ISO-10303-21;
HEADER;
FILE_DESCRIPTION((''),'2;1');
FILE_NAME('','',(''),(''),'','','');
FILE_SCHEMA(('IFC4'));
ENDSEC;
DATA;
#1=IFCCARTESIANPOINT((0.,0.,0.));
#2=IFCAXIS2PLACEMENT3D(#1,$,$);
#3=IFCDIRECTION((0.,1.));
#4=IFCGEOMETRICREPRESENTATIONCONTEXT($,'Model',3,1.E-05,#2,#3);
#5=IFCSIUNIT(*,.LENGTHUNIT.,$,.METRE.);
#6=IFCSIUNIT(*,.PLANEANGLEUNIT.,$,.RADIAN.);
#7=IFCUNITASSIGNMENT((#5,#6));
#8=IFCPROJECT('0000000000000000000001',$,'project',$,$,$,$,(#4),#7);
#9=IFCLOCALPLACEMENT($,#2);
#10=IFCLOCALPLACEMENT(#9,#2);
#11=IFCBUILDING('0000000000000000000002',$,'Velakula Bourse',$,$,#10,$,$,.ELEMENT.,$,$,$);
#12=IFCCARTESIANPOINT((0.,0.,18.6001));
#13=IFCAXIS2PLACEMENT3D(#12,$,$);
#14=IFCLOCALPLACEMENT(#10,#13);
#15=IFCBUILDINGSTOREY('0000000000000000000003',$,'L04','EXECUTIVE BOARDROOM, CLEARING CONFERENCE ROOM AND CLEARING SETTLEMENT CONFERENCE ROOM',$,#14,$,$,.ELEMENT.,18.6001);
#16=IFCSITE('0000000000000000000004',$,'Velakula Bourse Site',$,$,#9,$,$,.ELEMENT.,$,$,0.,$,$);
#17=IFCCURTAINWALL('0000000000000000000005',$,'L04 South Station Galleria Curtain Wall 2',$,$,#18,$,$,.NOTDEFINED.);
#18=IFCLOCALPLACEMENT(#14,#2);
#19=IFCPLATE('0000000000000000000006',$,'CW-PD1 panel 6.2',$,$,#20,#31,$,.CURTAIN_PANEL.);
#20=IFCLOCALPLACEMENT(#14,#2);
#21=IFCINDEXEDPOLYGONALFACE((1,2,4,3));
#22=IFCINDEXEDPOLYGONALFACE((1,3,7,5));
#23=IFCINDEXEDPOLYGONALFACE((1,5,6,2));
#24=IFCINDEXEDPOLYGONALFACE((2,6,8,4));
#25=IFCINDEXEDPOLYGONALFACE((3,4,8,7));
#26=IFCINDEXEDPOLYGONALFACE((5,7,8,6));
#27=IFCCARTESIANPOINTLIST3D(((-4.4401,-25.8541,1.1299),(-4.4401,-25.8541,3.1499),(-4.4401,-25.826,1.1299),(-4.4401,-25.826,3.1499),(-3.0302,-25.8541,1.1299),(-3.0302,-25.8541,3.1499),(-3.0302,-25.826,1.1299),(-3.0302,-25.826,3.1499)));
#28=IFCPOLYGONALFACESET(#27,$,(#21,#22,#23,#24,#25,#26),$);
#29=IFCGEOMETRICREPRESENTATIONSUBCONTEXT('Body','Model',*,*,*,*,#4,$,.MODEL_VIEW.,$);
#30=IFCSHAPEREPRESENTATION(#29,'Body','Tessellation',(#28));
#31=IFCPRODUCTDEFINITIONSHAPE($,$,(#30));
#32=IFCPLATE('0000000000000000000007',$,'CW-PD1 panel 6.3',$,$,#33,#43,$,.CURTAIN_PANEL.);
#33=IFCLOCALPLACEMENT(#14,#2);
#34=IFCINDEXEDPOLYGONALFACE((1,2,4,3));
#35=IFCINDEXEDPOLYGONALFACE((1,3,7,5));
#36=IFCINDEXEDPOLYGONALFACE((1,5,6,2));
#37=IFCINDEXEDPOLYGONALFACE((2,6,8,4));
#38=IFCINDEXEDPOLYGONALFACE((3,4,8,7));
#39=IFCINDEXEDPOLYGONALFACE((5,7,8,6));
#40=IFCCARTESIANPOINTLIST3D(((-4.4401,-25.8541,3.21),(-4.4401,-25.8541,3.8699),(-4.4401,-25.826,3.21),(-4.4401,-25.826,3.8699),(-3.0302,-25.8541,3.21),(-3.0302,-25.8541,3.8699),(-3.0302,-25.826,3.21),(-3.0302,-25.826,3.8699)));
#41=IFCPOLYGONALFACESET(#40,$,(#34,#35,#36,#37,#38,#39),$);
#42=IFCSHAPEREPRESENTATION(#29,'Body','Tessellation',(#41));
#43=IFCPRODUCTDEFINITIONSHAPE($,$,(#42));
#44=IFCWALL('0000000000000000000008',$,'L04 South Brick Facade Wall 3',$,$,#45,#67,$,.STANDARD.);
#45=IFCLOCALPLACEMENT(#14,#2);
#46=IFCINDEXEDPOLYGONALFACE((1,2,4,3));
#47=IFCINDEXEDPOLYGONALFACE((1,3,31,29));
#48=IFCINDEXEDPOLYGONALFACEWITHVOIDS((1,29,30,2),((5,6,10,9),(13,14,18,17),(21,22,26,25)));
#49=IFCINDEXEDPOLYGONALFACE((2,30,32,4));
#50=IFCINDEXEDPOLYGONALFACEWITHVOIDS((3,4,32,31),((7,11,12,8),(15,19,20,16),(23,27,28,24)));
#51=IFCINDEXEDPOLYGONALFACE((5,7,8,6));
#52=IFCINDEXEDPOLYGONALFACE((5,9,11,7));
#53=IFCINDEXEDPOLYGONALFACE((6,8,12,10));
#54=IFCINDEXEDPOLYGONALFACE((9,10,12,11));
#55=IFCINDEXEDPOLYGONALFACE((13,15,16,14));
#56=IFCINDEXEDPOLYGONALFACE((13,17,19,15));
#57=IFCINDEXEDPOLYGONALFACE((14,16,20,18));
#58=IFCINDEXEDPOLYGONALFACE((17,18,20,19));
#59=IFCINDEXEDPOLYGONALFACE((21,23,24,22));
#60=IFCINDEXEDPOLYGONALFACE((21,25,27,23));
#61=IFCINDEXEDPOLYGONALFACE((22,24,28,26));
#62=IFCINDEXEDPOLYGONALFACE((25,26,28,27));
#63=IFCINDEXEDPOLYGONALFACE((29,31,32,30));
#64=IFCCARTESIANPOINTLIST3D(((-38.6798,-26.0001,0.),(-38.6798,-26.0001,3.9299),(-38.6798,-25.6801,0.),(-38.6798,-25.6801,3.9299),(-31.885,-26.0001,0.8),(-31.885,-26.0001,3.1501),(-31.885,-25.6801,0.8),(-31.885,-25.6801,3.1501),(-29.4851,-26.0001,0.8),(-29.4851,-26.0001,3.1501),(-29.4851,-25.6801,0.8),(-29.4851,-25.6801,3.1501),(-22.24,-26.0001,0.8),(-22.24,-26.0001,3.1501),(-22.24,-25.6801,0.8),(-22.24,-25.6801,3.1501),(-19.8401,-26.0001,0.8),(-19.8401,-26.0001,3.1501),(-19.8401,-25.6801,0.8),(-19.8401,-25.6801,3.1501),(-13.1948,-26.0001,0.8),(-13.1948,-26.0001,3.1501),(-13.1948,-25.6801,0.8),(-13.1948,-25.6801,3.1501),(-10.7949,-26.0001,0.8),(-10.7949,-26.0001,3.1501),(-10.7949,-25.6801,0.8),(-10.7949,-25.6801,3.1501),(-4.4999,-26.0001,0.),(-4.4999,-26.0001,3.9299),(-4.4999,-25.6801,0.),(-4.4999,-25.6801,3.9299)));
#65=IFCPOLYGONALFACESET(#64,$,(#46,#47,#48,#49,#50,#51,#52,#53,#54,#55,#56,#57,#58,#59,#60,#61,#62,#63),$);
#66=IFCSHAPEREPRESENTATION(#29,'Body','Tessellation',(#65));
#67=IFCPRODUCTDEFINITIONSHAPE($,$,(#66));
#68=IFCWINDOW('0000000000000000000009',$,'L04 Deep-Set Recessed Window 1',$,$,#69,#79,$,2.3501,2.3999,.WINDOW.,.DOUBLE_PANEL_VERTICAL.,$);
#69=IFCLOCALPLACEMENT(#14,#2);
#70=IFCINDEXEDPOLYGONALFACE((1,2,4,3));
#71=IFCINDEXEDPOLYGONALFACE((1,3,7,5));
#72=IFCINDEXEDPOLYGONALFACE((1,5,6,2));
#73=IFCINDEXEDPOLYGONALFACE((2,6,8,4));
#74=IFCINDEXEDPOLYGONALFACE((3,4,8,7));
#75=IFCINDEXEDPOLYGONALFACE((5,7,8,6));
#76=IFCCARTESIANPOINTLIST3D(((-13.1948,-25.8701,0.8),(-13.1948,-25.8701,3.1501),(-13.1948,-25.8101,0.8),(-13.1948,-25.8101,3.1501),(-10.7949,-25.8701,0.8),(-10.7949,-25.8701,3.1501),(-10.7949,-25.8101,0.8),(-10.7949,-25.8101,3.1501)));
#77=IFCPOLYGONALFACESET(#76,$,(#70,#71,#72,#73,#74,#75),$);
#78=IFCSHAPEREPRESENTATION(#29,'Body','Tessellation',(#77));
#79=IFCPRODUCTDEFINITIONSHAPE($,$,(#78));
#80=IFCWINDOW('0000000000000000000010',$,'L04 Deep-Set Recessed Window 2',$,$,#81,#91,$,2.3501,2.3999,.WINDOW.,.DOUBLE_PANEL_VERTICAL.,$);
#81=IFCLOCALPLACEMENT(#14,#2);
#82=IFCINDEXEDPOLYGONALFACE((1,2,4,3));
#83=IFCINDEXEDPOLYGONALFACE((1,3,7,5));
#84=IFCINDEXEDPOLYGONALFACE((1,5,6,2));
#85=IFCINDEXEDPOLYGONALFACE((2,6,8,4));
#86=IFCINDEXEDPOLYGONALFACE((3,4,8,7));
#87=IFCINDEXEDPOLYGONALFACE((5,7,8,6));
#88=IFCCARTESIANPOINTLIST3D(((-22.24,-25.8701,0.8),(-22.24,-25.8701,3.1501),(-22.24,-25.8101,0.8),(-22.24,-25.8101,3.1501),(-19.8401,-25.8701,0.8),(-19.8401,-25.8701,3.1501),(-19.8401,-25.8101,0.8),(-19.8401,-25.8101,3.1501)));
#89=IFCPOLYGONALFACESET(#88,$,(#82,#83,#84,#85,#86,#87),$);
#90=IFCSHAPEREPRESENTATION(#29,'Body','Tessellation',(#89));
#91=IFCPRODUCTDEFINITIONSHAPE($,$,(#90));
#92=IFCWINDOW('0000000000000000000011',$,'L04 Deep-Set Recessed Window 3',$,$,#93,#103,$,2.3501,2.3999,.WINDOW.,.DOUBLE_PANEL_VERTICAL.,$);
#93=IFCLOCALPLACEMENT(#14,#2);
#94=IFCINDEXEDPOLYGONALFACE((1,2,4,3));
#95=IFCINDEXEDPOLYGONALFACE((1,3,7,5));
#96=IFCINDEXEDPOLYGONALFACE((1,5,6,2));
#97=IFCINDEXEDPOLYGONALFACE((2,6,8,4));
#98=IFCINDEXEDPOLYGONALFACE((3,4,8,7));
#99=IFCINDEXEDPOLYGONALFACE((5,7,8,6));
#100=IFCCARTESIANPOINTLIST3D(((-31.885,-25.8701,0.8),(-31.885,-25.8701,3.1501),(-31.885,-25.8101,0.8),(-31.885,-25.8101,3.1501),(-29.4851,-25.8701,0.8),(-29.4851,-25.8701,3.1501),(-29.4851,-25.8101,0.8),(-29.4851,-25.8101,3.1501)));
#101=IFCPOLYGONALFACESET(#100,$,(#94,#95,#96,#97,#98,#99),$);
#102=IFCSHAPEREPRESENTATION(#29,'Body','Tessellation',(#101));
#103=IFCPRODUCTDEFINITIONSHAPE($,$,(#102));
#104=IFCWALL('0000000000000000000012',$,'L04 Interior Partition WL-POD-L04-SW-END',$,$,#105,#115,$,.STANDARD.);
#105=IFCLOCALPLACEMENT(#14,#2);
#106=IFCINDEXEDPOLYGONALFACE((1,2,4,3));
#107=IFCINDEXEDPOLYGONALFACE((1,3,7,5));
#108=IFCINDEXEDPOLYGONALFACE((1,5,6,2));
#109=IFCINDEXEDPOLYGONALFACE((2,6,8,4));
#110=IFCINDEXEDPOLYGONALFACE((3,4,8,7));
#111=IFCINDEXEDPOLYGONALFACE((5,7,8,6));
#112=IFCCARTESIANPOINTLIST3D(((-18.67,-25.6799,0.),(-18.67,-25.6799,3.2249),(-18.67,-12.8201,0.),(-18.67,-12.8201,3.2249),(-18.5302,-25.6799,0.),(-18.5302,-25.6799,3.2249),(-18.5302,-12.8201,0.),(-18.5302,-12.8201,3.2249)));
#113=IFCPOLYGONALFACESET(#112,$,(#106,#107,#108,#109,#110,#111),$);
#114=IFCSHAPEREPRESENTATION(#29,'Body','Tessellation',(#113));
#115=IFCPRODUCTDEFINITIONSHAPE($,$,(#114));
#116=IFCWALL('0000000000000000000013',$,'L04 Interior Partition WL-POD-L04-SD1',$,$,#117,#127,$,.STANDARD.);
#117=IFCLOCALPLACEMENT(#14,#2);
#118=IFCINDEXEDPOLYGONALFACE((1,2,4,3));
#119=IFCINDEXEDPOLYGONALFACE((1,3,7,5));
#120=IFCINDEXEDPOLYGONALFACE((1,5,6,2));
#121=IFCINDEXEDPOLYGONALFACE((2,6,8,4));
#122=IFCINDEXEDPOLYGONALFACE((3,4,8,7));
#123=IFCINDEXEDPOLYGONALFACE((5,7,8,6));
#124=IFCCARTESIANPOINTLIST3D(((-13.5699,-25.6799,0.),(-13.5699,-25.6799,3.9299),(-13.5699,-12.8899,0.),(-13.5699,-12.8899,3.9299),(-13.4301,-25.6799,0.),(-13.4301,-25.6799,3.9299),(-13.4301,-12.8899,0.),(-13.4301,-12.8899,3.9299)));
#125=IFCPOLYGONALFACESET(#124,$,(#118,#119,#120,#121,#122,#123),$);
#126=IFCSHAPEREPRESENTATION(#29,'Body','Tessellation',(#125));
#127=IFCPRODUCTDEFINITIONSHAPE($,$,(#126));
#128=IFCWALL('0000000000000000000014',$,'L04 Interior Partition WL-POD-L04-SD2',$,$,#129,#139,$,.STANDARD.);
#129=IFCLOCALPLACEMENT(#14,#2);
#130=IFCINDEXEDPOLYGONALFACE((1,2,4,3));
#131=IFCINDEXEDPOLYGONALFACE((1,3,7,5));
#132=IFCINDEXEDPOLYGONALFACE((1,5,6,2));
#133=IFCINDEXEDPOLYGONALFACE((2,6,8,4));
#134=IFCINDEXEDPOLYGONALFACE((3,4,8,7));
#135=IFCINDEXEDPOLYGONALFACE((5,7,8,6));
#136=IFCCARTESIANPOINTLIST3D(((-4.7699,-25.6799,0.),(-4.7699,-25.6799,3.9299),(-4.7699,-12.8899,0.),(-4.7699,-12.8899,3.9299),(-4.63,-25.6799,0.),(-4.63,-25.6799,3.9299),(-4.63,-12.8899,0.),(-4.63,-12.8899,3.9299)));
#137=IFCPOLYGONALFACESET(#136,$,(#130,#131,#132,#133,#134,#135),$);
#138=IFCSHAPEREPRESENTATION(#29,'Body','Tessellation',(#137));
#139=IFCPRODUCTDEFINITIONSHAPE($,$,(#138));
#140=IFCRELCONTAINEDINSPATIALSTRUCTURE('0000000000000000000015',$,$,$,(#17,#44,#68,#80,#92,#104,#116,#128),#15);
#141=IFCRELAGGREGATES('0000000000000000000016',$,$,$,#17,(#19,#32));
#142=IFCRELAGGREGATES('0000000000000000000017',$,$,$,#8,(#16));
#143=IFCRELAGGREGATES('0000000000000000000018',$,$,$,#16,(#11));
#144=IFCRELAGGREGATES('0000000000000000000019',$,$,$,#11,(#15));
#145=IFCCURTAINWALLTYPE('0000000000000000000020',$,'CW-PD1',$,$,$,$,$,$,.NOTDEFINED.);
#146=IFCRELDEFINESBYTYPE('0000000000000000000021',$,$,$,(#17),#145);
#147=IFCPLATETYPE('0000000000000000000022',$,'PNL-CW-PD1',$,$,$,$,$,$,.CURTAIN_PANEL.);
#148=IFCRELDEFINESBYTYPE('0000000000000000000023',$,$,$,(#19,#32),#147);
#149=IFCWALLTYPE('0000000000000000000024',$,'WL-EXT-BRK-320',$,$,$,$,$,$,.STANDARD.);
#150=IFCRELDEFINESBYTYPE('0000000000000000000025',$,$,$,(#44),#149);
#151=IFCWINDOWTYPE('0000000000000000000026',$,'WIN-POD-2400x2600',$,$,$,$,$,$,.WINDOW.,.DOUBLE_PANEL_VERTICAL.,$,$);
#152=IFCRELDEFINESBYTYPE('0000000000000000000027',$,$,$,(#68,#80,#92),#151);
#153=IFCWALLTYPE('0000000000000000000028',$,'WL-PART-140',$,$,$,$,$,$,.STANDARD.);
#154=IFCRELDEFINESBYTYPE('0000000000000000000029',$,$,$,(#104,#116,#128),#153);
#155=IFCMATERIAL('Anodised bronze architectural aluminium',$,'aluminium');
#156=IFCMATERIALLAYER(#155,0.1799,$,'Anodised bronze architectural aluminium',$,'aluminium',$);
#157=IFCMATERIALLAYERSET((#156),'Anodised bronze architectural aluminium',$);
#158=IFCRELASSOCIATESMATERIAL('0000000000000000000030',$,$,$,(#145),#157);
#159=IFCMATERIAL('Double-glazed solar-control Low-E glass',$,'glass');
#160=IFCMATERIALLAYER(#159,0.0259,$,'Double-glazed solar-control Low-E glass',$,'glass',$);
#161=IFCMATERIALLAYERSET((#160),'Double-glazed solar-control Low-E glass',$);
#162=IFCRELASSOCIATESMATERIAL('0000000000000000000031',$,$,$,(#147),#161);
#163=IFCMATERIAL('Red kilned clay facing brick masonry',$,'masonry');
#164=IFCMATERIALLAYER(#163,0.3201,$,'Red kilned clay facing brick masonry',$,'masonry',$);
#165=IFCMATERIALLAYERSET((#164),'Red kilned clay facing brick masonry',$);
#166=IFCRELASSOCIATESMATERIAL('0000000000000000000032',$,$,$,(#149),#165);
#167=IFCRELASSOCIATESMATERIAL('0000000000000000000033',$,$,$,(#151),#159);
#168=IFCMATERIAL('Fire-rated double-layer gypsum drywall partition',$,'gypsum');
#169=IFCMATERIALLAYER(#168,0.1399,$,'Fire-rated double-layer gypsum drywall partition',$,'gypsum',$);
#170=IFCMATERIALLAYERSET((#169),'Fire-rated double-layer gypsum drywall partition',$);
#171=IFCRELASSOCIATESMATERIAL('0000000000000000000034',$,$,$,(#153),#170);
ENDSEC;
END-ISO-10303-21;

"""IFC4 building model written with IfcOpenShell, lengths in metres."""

from ifc_helpers import new_model, si_unit, direction, frame, frame_2d, origin, origin_2d, place, context, subcontext, project, spatial, rectangle, extrude, material, layer, layer_set, type_object, element, fill, aggregate, save


model = new_model("IFC4")

# Units and contexts
model_context = context("Model", 3, precision=1e-05, world=origin(), true_north=direction((0.0, 1.0)))
body_context = subcontext(model_context, "Body", "Model", "MODEL_VIEW")
ifc_project = project(units=[si_unit("LENGTHUNIT", "METRE"), si_unit("PLANEANGLEUNIT", "RADIAN")], contexts=[model_context])

# Site, building, storey
site_placement = place(None, origin())
site = spatial("IfcSite", under=ifc_project, at=site_placement, Name="Velakula Bourse Site", CompositionType="ELEMENT", RefElevation=0.0)
building_placement = place(site_placement, origin())
building = spatial("IfcBuilding", under=site, at=building_placement, Name="Velakula Bourse", CompositionType="ELEMENT")
storey_placement = place(building_placement, frame((0.0, 0.0, 18.6001)))
storey = spatial("IfcBuildingStorey", under=building, at=storey_placement, Name="L04", Description="EXECUTIVE BOARDROOM, CLEARING CONFERENCE ROOM AND CLEARING SETTLEMENT CONFERENCE ROOM", CompositionType="ELEMENT", Elevation=18.6001)

# Curtain wall, plates
ifc_material_1 = material(Name="Anodised bronze architectural aluminium", Category="aluminium")
ifc_layer_1 = layer(ifc_material_1, 0.1799, Name="Anodised bronze architectural aluminium", Category="aluminium")
ifc_layer_set_1 = layer_set([ifc_layer_1], Name="Anodised bronze architectural aluminium")
curtain_wall_type = type_object("IfcCurtainWallType", Name="CW-PD1", PredefinedType="NOTDEFINED", material=ifc_layer_set_1)
curtain_wall_placement = place(storey_placement, origin())
curtain_wall = element("IfcCurtainWall", 1, at=curtain_wall_placement, inside=storey, type_object=curtain_wall_type, Name="L04 South Station Galleria Curtain Wall 2", PredefinedType="NOTDEFINED")
ifc_material_2 = material(Name="Double-glazed solar-control Low-E glass", Category="glass")
ifc_layer_2 = layer(ifc_material_2, 0.0259, Name="Double-glazed solar-control Low-E glass", Category="glass")
ifc_layer_set_2 = layer_set([ifc_layer_2], Name="Double-glazed solar-control Low-E glass")
plate_type = type_object("IfcPlateType", Name="PNL-CW-PD1", PredefinedType="CURTAIN_PANEL", material=ifc_layer_set_2)
plate_1_placement = place(storey_placement, frame((-3.7351, -25.8401, 1.1299), z_axis=(0.0, 0.0, 1.0), x_axis=(-1.0, 0.0, 0.0)))
plate_1 = element("IfcPlate", 2, at=plate_1_placement, type_object=plate_type, Name="CW-PD1 panel 6.2", PredefinedType="CURTAIN_PANEL", context=body_context, shape_type="SweptSolid", body=[
    extrude(rectangle(XDim=1.4099, YDim=0.0281, at=origin_2d()), origin(), (0.0, 0.0, 1.0), 2.02),
])
plate_2_placement = place(storey_placement, frame((-3.7351, -25.8401, 3.21), z_axis=(0.0, 0.0, 1.0), x_axis=(-1.0, 0.0, 0.0)))
plate_2 = element("IfcPlate", 3, at=plate_2_placement, type_object=plate_type, Name="CW-PD1 panel 6.3", PredefinedType="CURTAIN_PANEL", context=body_context, shape_type="SweptSolid", body=[
    extrude(rectangle(XDim=1.4099, YDim=0.0281, at=origin_2d()), origin(), (0.0, 0.0, 1.0), 0.6599),
])
aggregate(curtain_wall, [plate_1, plate_2])

# Wall, openings, windows
ifc_material_3 = material(Name="Red kilned clay facing brick masonry", Category="masonry")
ifc_layer_3 = layer(ifc_material_3, 0.3201, Name="Red kilned clay facing brick masonry", Category="masonry")
ifc_layer_set_3 = layer_set([ifc_layer_3], Name="Red kilned clay facing brick masonry")
wall_type_1 = type_object("IfcWallType", Name="WL-EXT-BRK-320", PredefinedType="STANDARD", material=ifc_layer_set_3)
wall_1_placement = place(storey_placement, frame((-4.5, -25.8401, 0.0), z_axis=(0.0, 0.0, 1.0), x_axis=(-1.0, 0.0, 0.0)))
wall_1 = element("IfcWall", 4, at=wall_1_placement, inside=storey, type_object=wall_type_1, Name="L04 South Brick Facade Wall 3", PredefinedType="STANDARD", context=body_context, shape_type="SweptSolid", body=[
    extrude(rectangle(XDim=34.1799, YDim=0.3201, at=frame_2d((17.0898, 0.0))), origin(), (0.0, 0.0, 1.0), 3.9299),
])
opening_1_placement = place(wall_1_placement, frame((6.2949, 0.0, 0.8)))
opening_1 = element("IfcOpeningElement", 5, at=opening_1_placement, cuts=wall_1, PredefinedType="OPENING", context=body_context, shape_type="SweptSolid", body=[
    extrude(rectangle(XDim=2.3999, YDim=2.3501, at=frame_2d((1.2, 1.175))), frame((0.0, 0.1699, 0.0), z_axis=(0.0, -1.0, 0.0), x_axis=(1.0, 0.0, 0.0)), (0.0, 0.0, 1.0), 0.3401),
])
opening_2_placement = place(wall_1_placement, frame((15.3401, 0.0, 0.8)))
opening_2 = element("IfcOpeningElement", 6, at=opening_2_placement, cuts=wall_1, PredefinedType="OPENING", context=body_context, shape_type="SweptSolid", body=[
    extrude(rectangle(XDim=2.3999, YDim=2.3501, at=frame_2d((1.2, 1.175))), frame((0.0, 0.1699, 0.0), z_axis=(0.0, -1.0, 0.0), x_axis=(1.0, 0.0, 0.0)), (0.0, 0.0, 1.0), 0.3401),
])
opening_3_placement = place(wall_1_placement, frame((24.9851, 0.0, 0.8)))
opening_3 = element("IfcOpeningElement", 7, at=opening_3_placement, cuts=wall_1, PredefinedType="OPENING", context=body_context, shape_type="SweptSolid", body=[
    extrude(rectangle(XDim=2.3999, YDim=2.3501, at=frame_2d((1.2, 1.175))), frame((0.0, 0.1699, 0.0), z_axis=(0.0, -1.0, 0.0), x_axis=(1.0, 0.0, 0.0)), (0.0, 0.0, 1.0), 0.3401),
])
window_type = type_object("IfcWindowType", Name="WIN-POD-2400x2600", PartitioningType="DOUBLE_PANEL_VERTICAL", PredefinedType="WINDOW", material=ifc_material_2)
window_1_placement = place(opening_1_placement, origin())
window_1 = element("IfcWindow", 8, at=window_1_placement, inside=storey, type_object=window_type, Name="L04 Deep-Set Recessed Window 1", OverallHeight=2.3501, OverallWidth=2.3999, PartitioningType="DOUBLE_PANEL_VERTICAL", PredefinedType="WINDOW", context=body_context, shape_type="SweptSolid", body=[
    extrude(rectangle(XDim=2.3999, YDim=2.3501, at=frame_2d((1.2, 1.175))), frame((0.0, 0.03, 0.0), z_axis=(0.0, -1.0, 0.0), x_axis=(1.0, 0.0, 0.0)), (0.0, 0.0, 1.0), 0.0601),
])
fill(opening_1, window_1)
window_2_placement = place(opening_2_placement, origin())
window_2 = element("IfcWindow", 9, at=window_2_placement, inside=storey, type_object=window_type, Name="L04 Deep-Set Recessed Window 2", OverallHeight=2.3501, OverallWidth=2.3999, PartitioningType="DOUBLE_PANEL_VERTICAL", PredefinedType="WINDOW", context=body_context, shape_type="SweptSolid", body=[
    extrude(rectangle(XDim=2.3999, YDim=2.3501, at=frame_2d((1.2, 1.175))), frame((0.0, 0.03, 0.0), z_axis=(0.0, -1.0, 0.0), x_axis=(1.0, 0.0, 0.0)), (0.0, 0.0, 1.0), 0.0601),
])
fill(opening_2, window_2)
window_3_placement = place(opening_3_placement, origin())
window_3 = element("IfcWindow", 10, at=window_3_placement, inside=storey, type_object=window_type, Name="L04 Deep-Set Recessed Window 3", OverallHeight=2.3501, OverallWidth=2.3999, PartitioningType="DOUBLE_PANEL_VERTICAL", PredefinedType="WINDOW", context=body_context, shape_type="SweptSolid", body=[
    extrude(rectangle(XDim=2.3999, YDim=2.3501, at=frame_2d((1.2, 1.175))), frame((0.0, 0.03, 0.0), z_axis=(0.0, -1.0, 0.0), x_axis=(1.0, 0.0, 0.0)), (0.0, 0.0, 1.0), 0.0601),
])
fill(opening_3, window_3)

# Walls
ifc_material_4 = material(Name="Fire-rated double-layer gypsum drywall partition", Category="gypsum")
ifc_layer_4 = layer(ifc_material_4, 0.1399, Name="Fire-rated double-layer gypsum drywall partition", Category="gypsum")
ifc_layer_set_4 = layer_set([ifc_layer_4], Name="Fire-rated double-layer gypsum drywall partition")
wall_type_2 = type_object("IfcWallType", Name="WL-PART-140", PredefinedType="STANDARD", material=ifc_layer_set_4)
wall_2_placement = place(storey_placement, frame((-18.6001, -25.6799, 0.0), z_axis=(0.0, 0.0, 1.0), x_axis=(0.0, 1.0, 0.0)))
element("IfcWall", 11, at=wall_2_placement, inside=storey, type_object=wall_type_2, Name="L04 Interior Partition WL-POD-L04-SW-END", PredefinedType="STANDARD", context=body_context, shape_type="SweptSolid", body=[
    extrude(rectangle(XDim=12.8599, YDim=0.1399, at=frame_2d((6.4299, 0.0))), origin(), (0.0, 0.0, 1.0), 3.2249),
])
for number, where, z_axis, x_axis, name in (
    (12, (-13.5, -25.6799, 0.0), (0.0, 0.0, 1.0), (0.0, 1.0, 0.0), "L04 Interior Partition WL-POD-L04-SD1"),
    (13, (-4.7, -25.6799, 0.0), (0.0, 0.0, 1.0), (0.0, 1.0, 0.0), "L04 Interior Partition WL-POD-L04-SD2"),
):
    element("IfcWall", number, at=place(storey_placement, frame(where, z_axis=z_axis, x_axis=x_axis)), inside=storey, type_object=wall_type_2, Name=name, PredefinedType="STANDARD", context=body_context, shape_type="SweptSolid", body=[
        extrude(rectangle(XDim=12.79, YDim=0.1399, at=frame_2d((6.395, 0.0))), origin(), (0.0, 0.0, 1.0), 3.9299),
    ])

save(model, "model.ifc")
